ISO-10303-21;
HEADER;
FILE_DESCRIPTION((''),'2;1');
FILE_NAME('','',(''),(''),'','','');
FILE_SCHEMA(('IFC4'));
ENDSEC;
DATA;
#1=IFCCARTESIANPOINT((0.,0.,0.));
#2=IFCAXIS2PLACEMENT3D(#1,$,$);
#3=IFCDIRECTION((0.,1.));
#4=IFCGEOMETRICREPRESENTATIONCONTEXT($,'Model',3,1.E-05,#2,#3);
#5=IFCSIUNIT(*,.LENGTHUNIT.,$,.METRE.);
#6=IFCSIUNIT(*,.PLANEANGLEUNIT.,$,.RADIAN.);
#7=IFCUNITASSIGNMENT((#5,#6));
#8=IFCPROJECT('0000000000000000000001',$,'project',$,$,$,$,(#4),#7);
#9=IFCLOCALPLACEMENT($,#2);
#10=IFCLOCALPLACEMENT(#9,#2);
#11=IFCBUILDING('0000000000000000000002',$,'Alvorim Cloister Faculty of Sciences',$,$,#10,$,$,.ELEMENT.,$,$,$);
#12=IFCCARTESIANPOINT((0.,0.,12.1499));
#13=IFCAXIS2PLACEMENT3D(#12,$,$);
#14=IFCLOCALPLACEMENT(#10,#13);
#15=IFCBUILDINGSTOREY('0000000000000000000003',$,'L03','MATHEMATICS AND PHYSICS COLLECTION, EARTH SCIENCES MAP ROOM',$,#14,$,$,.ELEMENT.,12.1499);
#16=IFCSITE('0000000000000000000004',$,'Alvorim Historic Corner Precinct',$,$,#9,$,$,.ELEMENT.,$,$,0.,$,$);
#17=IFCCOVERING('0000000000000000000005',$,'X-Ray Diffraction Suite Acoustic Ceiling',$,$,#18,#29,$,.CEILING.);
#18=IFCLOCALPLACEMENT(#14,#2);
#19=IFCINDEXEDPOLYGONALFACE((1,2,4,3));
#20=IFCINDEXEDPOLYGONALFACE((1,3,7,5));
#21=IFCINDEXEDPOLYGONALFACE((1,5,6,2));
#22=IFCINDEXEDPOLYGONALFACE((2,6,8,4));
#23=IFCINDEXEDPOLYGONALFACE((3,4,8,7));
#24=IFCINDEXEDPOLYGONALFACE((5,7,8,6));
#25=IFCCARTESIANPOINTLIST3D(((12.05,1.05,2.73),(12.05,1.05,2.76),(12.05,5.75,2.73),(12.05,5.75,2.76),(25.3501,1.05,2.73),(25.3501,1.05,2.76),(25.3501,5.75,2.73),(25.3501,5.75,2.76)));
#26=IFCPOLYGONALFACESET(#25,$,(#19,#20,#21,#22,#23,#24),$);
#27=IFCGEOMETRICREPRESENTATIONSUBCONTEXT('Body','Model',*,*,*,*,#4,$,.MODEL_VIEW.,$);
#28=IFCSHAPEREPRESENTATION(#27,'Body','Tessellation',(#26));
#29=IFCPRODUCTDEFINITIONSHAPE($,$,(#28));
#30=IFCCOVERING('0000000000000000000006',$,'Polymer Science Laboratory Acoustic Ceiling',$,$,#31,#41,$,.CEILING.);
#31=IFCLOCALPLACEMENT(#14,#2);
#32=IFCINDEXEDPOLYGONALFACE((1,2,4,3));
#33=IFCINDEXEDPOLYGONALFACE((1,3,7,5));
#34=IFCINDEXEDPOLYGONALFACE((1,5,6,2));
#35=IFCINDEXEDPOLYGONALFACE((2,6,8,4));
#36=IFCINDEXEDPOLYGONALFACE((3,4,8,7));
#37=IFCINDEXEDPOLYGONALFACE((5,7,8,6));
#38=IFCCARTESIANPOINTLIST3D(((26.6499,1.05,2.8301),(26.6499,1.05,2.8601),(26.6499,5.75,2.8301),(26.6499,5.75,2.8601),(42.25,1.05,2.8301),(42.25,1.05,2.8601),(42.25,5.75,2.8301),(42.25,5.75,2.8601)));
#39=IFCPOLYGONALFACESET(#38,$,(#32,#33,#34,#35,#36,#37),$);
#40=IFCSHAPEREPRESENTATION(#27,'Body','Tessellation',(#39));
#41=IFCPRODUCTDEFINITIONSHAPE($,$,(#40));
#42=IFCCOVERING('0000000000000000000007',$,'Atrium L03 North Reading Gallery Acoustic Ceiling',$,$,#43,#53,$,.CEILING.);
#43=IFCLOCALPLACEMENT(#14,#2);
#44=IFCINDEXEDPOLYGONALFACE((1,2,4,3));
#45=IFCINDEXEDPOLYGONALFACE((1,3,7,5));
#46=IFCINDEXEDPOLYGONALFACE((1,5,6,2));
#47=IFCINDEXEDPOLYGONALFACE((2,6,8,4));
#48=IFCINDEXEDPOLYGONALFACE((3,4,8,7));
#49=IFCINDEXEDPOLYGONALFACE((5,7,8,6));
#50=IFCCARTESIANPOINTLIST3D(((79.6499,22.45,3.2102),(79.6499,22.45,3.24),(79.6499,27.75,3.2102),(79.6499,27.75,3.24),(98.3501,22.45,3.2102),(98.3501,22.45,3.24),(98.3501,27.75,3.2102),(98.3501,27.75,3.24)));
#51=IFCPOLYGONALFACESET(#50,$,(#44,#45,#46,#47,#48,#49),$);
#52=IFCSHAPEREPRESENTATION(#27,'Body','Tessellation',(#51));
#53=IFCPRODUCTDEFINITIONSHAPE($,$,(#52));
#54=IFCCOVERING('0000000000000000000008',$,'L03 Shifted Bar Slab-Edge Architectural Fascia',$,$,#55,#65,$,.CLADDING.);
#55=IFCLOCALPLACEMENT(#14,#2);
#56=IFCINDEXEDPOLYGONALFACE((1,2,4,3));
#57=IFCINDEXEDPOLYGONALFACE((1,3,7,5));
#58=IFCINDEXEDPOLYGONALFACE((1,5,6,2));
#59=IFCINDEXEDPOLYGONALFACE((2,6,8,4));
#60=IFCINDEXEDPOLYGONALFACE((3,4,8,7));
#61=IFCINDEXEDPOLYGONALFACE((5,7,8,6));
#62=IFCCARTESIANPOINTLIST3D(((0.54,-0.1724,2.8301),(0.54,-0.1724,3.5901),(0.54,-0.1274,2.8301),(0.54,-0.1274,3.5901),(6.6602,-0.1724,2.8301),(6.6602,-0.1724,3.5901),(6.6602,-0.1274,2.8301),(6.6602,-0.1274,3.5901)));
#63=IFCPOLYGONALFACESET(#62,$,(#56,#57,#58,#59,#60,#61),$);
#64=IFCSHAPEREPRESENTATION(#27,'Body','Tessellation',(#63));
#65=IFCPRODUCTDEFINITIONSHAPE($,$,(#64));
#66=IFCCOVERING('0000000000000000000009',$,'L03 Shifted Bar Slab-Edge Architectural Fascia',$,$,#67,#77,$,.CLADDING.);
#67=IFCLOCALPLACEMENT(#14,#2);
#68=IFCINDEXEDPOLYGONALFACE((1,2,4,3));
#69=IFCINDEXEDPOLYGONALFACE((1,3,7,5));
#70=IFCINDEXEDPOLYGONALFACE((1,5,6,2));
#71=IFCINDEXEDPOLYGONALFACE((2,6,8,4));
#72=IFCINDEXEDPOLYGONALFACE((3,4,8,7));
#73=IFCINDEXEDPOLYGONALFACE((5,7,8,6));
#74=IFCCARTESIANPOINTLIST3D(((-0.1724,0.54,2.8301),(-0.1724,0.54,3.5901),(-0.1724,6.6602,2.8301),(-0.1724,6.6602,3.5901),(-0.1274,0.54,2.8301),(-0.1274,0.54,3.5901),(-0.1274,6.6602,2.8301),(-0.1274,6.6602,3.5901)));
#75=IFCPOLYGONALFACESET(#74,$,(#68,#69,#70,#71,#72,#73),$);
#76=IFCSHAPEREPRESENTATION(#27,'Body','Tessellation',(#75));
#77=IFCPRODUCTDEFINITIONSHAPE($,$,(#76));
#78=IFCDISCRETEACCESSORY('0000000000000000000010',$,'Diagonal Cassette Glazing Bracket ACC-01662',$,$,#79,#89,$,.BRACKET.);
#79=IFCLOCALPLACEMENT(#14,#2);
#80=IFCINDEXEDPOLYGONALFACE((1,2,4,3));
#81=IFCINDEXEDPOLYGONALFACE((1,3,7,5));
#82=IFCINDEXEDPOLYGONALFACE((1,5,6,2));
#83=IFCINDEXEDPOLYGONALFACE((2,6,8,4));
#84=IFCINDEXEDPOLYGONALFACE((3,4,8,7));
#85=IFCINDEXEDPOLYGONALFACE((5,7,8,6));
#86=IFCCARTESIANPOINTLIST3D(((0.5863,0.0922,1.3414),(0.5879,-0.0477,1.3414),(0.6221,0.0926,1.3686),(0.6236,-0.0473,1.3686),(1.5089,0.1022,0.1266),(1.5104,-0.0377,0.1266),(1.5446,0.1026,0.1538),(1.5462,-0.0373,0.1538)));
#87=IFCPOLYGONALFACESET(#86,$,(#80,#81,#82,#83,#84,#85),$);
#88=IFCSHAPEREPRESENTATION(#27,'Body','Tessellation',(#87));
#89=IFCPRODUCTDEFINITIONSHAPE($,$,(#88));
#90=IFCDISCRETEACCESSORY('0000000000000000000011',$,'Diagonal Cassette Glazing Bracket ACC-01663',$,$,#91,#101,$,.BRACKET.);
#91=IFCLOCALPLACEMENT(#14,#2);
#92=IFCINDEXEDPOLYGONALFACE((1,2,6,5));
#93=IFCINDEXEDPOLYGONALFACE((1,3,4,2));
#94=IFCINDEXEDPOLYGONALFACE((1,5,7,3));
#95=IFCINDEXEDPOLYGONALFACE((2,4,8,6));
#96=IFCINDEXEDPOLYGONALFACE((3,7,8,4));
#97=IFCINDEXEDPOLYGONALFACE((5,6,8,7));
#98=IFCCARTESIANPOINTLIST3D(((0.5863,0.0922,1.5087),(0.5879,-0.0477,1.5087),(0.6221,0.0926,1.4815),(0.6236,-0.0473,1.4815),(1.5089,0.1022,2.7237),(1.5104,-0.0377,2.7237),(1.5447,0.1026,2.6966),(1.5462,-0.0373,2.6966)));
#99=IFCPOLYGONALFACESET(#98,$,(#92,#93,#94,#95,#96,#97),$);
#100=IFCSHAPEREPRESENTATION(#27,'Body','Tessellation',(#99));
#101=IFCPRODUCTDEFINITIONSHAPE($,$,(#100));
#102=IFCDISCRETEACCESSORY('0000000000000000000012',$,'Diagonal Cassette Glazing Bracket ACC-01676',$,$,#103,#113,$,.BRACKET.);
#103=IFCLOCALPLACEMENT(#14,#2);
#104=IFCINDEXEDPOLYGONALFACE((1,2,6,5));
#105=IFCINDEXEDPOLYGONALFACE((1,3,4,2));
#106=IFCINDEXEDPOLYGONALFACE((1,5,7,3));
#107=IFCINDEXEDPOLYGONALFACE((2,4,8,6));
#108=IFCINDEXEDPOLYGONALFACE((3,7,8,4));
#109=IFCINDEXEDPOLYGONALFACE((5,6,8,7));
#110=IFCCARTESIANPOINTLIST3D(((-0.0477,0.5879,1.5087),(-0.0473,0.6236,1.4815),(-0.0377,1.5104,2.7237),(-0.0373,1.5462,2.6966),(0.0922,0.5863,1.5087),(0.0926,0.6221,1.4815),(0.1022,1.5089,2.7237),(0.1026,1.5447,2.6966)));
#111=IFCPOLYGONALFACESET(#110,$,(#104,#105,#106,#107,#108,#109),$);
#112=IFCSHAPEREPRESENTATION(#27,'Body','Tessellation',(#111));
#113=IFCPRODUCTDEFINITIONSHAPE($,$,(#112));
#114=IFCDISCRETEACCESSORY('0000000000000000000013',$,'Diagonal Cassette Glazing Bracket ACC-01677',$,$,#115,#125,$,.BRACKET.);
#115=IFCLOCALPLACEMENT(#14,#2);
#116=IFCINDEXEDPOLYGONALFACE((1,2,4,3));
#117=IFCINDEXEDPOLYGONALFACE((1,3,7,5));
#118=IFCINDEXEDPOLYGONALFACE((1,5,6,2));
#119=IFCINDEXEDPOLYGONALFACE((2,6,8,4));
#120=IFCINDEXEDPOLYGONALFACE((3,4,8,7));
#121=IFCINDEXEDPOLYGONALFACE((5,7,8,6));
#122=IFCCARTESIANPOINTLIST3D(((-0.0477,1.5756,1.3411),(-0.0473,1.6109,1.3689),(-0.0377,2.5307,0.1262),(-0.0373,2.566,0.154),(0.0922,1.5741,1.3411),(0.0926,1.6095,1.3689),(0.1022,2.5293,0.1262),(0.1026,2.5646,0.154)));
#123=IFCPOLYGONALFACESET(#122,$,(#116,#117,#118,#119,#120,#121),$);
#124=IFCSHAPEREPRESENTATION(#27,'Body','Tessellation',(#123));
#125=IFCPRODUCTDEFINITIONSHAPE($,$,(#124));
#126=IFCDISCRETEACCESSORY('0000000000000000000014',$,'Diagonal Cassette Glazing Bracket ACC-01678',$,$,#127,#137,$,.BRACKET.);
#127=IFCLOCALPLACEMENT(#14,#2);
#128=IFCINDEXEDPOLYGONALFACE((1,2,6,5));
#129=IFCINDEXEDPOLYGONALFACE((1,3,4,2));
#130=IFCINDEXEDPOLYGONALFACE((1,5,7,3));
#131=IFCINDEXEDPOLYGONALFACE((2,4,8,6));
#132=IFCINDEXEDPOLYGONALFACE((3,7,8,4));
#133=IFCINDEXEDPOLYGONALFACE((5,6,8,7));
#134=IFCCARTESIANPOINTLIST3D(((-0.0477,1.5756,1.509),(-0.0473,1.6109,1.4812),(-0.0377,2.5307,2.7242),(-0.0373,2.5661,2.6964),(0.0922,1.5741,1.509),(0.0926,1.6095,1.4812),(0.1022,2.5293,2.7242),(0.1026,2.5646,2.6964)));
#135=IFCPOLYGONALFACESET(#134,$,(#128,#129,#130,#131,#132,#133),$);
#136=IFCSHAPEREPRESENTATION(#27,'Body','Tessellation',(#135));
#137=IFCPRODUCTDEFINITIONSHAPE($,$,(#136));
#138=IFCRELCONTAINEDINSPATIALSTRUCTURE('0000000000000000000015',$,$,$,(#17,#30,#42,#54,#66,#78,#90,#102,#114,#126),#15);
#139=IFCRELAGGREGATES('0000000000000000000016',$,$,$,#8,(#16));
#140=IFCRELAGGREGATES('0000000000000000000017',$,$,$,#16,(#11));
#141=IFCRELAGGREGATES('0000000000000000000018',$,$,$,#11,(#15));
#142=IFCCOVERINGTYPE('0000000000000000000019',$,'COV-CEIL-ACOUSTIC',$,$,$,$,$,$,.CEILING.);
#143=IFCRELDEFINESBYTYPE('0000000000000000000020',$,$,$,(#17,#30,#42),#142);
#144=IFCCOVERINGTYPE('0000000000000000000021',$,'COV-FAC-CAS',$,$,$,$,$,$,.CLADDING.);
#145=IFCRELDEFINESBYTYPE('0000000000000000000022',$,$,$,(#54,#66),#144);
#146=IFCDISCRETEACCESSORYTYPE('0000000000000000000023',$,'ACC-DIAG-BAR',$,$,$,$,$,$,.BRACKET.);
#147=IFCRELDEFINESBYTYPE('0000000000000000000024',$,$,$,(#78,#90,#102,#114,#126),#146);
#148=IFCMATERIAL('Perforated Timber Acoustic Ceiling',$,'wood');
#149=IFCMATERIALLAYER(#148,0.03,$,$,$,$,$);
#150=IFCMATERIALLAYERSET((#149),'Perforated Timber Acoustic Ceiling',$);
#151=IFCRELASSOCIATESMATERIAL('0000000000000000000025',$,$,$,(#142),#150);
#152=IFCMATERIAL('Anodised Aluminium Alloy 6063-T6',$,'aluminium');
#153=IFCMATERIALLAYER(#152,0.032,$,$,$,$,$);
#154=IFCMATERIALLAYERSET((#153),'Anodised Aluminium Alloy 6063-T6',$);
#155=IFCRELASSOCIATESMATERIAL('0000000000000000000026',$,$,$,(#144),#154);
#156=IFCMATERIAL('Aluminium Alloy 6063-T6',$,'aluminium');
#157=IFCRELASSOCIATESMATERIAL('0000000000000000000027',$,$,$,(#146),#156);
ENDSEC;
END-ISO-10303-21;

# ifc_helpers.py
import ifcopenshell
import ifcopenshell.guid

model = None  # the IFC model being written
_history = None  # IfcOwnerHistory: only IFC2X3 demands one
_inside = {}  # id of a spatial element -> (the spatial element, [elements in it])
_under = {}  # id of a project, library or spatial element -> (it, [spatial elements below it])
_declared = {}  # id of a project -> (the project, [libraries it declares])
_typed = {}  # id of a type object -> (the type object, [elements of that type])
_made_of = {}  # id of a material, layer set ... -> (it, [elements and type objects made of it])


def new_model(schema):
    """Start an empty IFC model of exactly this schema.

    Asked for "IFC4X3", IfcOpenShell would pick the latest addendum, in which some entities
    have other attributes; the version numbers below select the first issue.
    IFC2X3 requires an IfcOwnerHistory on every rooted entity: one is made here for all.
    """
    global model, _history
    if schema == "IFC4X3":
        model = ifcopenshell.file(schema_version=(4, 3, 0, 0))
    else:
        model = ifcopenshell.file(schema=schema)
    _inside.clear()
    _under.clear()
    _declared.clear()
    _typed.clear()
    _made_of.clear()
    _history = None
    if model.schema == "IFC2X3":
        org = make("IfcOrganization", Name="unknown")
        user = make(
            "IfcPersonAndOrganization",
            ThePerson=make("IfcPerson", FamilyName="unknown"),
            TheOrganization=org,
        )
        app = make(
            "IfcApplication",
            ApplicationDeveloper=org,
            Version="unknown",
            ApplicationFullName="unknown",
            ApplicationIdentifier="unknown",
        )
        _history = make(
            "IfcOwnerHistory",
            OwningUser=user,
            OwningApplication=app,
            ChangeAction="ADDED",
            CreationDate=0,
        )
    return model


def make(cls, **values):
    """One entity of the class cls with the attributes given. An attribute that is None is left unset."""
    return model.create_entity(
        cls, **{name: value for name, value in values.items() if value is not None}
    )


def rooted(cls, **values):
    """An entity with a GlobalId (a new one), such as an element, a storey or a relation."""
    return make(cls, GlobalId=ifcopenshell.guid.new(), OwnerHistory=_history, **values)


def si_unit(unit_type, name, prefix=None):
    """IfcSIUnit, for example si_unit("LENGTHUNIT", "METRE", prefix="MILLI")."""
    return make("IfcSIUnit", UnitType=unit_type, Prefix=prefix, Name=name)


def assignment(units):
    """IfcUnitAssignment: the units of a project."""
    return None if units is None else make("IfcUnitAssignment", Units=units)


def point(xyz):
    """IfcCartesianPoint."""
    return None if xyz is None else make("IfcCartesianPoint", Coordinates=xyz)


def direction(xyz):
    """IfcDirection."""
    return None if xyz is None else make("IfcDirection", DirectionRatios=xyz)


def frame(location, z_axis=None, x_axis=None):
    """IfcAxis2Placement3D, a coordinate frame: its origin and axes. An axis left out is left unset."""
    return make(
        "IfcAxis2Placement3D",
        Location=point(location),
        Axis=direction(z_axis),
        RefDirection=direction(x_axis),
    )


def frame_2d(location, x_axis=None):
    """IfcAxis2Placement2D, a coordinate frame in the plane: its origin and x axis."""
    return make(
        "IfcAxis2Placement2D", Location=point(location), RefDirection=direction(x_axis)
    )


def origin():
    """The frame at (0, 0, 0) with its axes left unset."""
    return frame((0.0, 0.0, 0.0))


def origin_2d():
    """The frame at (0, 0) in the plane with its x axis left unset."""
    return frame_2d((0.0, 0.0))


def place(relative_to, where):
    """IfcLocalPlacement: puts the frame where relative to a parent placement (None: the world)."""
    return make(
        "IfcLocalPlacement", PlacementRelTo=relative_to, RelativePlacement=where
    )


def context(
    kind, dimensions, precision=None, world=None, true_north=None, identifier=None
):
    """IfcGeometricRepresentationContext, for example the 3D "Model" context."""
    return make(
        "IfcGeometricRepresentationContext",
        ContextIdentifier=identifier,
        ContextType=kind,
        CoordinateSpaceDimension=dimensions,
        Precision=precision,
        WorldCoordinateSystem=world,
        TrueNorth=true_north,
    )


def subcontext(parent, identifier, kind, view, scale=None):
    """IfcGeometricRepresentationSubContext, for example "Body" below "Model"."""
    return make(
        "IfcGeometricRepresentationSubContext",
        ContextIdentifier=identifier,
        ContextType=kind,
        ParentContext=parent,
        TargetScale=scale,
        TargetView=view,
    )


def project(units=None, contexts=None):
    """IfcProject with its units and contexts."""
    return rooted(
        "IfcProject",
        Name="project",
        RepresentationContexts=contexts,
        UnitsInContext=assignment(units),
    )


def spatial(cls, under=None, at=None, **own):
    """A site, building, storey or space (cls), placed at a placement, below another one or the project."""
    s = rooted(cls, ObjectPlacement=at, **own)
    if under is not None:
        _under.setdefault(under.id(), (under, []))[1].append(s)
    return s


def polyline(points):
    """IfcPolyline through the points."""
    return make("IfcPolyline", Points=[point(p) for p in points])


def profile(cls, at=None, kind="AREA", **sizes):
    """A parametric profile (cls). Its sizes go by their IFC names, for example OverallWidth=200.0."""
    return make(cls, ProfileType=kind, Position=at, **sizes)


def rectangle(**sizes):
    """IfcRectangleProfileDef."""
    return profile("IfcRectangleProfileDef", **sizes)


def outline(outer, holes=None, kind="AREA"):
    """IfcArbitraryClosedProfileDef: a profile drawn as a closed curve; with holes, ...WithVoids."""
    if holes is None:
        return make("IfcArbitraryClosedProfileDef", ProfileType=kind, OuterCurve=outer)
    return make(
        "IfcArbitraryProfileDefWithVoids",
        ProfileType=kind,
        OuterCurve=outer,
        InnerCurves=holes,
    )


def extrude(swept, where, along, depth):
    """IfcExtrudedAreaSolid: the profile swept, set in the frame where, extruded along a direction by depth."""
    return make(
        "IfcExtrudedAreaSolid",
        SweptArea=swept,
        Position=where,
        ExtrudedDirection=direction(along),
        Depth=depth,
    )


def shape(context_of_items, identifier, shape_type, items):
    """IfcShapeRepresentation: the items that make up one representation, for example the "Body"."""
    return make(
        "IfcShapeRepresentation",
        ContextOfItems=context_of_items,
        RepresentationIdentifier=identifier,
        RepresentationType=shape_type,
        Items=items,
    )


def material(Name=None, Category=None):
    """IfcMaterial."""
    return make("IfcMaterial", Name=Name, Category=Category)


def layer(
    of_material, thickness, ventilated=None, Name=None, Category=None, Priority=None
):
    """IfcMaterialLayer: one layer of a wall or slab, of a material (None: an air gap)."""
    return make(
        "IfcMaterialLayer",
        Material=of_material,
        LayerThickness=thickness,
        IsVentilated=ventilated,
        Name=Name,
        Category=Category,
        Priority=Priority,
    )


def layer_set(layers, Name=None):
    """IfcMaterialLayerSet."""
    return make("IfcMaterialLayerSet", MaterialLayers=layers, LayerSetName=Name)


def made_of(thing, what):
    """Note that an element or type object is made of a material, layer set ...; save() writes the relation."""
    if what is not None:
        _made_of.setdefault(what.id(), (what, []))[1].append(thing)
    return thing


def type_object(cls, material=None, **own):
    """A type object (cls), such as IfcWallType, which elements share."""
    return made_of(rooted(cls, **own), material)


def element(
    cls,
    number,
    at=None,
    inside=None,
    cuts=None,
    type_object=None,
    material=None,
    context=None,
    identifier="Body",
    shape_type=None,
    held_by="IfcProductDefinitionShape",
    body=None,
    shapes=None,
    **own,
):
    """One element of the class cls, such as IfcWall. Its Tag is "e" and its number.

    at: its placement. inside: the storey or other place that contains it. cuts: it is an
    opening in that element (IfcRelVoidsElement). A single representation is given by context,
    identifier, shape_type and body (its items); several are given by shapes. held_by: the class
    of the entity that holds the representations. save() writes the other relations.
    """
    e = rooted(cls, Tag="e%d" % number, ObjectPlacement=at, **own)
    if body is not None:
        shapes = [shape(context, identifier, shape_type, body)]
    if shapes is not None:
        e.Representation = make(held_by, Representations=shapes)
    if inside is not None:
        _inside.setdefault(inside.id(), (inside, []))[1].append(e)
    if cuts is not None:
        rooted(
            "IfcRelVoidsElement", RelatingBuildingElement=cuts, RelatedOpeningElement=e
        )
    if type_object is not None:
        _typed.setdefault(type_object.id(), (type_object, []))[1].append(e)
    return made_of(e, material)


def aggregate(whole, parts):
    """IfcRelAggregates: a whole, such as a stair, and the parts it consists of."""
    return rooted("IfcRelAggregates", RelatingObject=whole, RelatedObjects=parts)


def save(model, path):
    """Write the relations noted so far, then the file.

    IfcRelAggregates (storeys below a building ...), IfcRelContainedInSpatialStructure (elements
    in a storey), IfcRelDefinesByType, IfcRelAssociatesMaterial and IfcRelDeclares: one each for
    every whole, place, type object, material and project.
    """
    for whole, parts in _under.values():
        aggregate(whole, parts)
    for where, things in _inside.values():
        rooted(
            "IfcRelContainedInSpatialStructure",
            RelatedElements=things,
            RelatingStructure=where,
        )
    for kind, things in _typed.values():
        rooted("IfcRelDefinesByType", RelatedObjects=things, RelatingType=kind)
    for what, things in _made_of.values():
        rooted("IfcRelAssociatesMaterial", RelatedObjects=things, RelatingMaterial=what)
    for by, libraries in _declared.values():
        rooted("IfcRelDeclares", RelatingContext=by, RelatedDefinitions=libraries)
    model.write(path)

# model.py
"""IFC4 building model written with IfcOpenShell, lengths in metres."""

from ifc_helpers import new_model, si_unit, direction, frame, origin, origin_2d, place, context, subcontext, project, spatial, polyline, rectangle, outline, extrude, material, layer, layer_set, type_object, element, save


model = new_model("IFC4")

# Units and contexts
model_context = context("Model", 3, precision=1e-05, world=origin(), true_north=direction((0.0, 1.0)))
body_context = subcontext(model_context, "Body", "Model", "MODEL_VIEW")
ifc_project = project(units=[si_unit("LENGTHUNIT", "METRE"), si_unit("PLANEANGLEUNIT", "RADIAN")], contexts=[model_context])

# Site, building, storey
site_placement = place(None, origin())
site = spatial("IfcSite", under=ifc_project, at=site_placement, Name="Alvorim Historic Corner Precinct", CompositionType="ELEMENT", RefElevation=0.0)
building_placement = place(site_placement, origin())
building = spatial("IfcBuilding", under=site, at=building_placement, Name="Alvorim Cloister Faculty of Sciences", CompositionType="ELEMENT")
storey_placement = place(building_placement, frame((0.0, 0.0, 12.1499)))
storey = spatial("IfcBuildingStorey", under=building, at=storey_placement, Name="L03", Description="MATHEMATICS AND PHYSICS COLLECTION, EARTH SCIENCES MAP ROOM", CompositionType="ELEMENT", Elevation=12.1499)

# Shared definitions
ifc_material_1 = material(Name="Aluminium Alloy 6063-T6", Category="aluminium")

# Coverings
ifc_material_2 = material(Name="Perforated Timber Acoustic Ceiling", Category="wood")
ifc_layer_1 = layer(ifc_material_2, 0.03)
ifc_layer_set_1 = layer_set([ifc_layer_1], Name="Perforated Timber Acoustic Ceiling")
covering_type_1 = type_object("IfcCoveringType", Name="COV-CEIL-ACOUSTIC", PredefinedType="CEILING", material=ifc_layer_set_1)
covering_1_placement = place(storey_placement, frame((0.0, 0.0, 2.73)))
element("IfcCovering", 1, at=covering_1_placement, inside=storey, type_object=covering_type_1, Name="X-Ray Diffraction Suite Acoustic Ceiling", PredefinedType="CEILING", context=body_context, shape_type="SweptSolid", body=[
    extrude(outline(polyline([(12.05, 1.05), (25.3501, 1.05), (25.3501, 5.75), (12.05, 5.75), (12.05, 1.05)])), origin(), (0.0, 0.0, 1.0), 0.03),
])
covering_2_placement = place(storey_placement, frame((0.0, 0.0, 2.8301)))
element("IfcCovering", 2, at=covering_2_placement, inside=storey, type_object=covering_type_1, Name="Polymer Science Laboratory Acoustic Ceiling", PredefinedType="CEILING", context=body_context, shape_type="SweptSolid", body=[
    extrude(outline(polyline([(26.6499, 1.05), (42.25, 1.05), (42.25, 5.75), (26.6499, 5.75), (26.6499, 1.05)])), origin(), (0.0, 0.0, 1.0), 0.03),
])
covering_3_placement = place(storey_placement, frame((0.0, 0.0, 3.2102)))
element("IfcCovering", 3, at=covering_3_placement, inside=storey, type_object=covering_type_1, Name="Atrium L03 North Reading Gallery Acoustic Ceiling", PredefinedType="CEILING", context=body_context, shape_type="SweptSolid", body=[
    extrude(outline(polyline([(79.6499, 22.45), (98.3501, 22.45), (98.3501, 27.75), (79.6499, 27.75), (79.6499, 22.45)])), origin(), (0.0, 0.0, 1.0), 0.0298),
])
ifc_material_3 = material(Name="Anodised Aluminium Alloy 6063-T6", Category="aluminium")
ifc_layer_2 = layer(ifc_material_3, 0.032)
ifc_layer_set_2 = layer_set([ifc_layer_2], Name="Anodised Aluminium Alloy 6063-T6")
covering_type_2 = type_object("IfcCoveringType", Name="COV-FAC-CAS", PredefinedType="CLADDING", material=ifc_layer_set_2)
for number, where, z_axis, x_axis, name in (
    (4, (0.54, -0.1499, 2.8301), (0.0, 0.0, 1.0), (1.0, 0.0, 0.0), "L03 Shifted Bar Slab-Edge Architectural Fascia"),
    (5, (-0.1499, 0.54, 2.8301), (0.0, 0.0, 1.0), (0.0, 1.0, 0.0), "L03 Shifted Bar Slab-Edge Architectural Fascia"),
):
    element("IfcCovering", number, at=place(storey_placement, frame(where, z_axis=z_axis, x_axis=x_axis)), inside=storey, type_object=covering_type_2, Name=name, PredefinedType="CLADDING", context=body_context, shape_type="SweptSolid", body=[
        extrude(outline(polyline([(0.0, 0.0), (6.1201, 0.0), (6.1201, 0.76), (0.0, 0.76), (0.0, 0.0)])), frame((0.0, 0.0225, 0.0), z_axis=(0.0, -1.0, 0.0), x_axis=(1.0, 0.0, 0.0)), (0.0, 0.0, 1.0), 0.0449),
    ])

# Discrete accessories
discrete_accessory_type = type_object("IfcDiscreteAccessoryType", Name="ACC-DIAG-BAR", PredefinedType="BRACKET", material=ifc_material_1)
discrete_accessory_1_placement = place(storey_placement, frame((0.605, 0.0225, 1.355), z_axis=(0.60479, 0.006562, -0.796358), x_axis=(-0.010849, 0.999941, 0.0)))
element("IfcDiscreteAccessory", 6, at=discrete_accessory_1_placement, inside=storey, type_object=discrete_accessory_type, Name="Diagonal Cassette Glazing Bracket ACC-01662", PredefinedType="BRACKET", context=body_context, shape_type="SweptSolid", body=[
    extrude(rectangle(XDim=0.1399, YDim=0.0449, at=origin_2d()), origin(), (0.0, 0.0, 1.0), 1.5254),
])
for number, where, z_axis, x_axis, name in (
    (7, (0.605, 0.0225, 1.4951), (0.604713, 0.006561, 0.796416), (-0.010849, 0.999941, 0.0), "Diagonal Cassette Glazing Bracket ACC-01663"),
    (8, (0.0225, 0.605, 1.4951), (0.006561, 0.604713, 0.796416), (-0.999941, 0.010849, 0.0), "Diagonal Cassette Glazing Bracket ACC-01676"),
):
    element("IfcDiscreteAccessory", number, at=place(storey_placement, frame(where, z_axis=z_axis, x_axis=x_axis)), inside=storey, type_object=discrete_accessory_type, Name=name, PredefinedType="BRACKET", context=body_context, shape_type="SweptSolid", body=[
        extrude(rectangle(XDim=0.1399, YDim=0.0449, at=origin_2d()), origin(), (0.0, 0.0, 1.0), 1.5256),
    ])
discrete_accessory_2_placement = place(storey_placement, frame((0.0225, 1.5925, 1.355), z_axis=(0.006477, 0.618032, -0.786126), x_axis=(-0.999945, 0.01048, 0.0)))
element("IfcDiscreteAccessory", 9, at=discrete_accessory_2_placement, inside=storey, type_object=discrete_accessory_type, Name="Diagonal Cassette Glazing Bracket ACC-01677", PredefinedType="BRACKET", context=body_context, shape_type="SweptSolid", body=[
    extrude(rectangle(XDim=0.1399, YDim=0.0449, at=origin_2d()), origin(), (0.0, 0.0, 1.0), 1.5454),
])
discrete_accessory_3_placement = place(storey_placement, frame((0.0225, 1.5925, 1.4951), z_axis=(0.006477, 0.617955, 0.786187), x_axis=(-0.999945, 0.01048, 0.0)))
element("IfcDiscreteAccessory", 10, at=discrete_accessory_3_placement, inside=storey, type_object=discrete_accessory_type, Name="Diagonal Cassette Glazing Bracket ACC-01678", PredefinedType="BRACKET", context=body_context, shape_type="SweptSolid", body=[
    extrude(rectangle(XDim=0.1399, YDim=0.0449, at=origin_2d()), origin(), (0.0, 0.0, 1.0), 1.5457),
])

save(model, "model.ifc")
